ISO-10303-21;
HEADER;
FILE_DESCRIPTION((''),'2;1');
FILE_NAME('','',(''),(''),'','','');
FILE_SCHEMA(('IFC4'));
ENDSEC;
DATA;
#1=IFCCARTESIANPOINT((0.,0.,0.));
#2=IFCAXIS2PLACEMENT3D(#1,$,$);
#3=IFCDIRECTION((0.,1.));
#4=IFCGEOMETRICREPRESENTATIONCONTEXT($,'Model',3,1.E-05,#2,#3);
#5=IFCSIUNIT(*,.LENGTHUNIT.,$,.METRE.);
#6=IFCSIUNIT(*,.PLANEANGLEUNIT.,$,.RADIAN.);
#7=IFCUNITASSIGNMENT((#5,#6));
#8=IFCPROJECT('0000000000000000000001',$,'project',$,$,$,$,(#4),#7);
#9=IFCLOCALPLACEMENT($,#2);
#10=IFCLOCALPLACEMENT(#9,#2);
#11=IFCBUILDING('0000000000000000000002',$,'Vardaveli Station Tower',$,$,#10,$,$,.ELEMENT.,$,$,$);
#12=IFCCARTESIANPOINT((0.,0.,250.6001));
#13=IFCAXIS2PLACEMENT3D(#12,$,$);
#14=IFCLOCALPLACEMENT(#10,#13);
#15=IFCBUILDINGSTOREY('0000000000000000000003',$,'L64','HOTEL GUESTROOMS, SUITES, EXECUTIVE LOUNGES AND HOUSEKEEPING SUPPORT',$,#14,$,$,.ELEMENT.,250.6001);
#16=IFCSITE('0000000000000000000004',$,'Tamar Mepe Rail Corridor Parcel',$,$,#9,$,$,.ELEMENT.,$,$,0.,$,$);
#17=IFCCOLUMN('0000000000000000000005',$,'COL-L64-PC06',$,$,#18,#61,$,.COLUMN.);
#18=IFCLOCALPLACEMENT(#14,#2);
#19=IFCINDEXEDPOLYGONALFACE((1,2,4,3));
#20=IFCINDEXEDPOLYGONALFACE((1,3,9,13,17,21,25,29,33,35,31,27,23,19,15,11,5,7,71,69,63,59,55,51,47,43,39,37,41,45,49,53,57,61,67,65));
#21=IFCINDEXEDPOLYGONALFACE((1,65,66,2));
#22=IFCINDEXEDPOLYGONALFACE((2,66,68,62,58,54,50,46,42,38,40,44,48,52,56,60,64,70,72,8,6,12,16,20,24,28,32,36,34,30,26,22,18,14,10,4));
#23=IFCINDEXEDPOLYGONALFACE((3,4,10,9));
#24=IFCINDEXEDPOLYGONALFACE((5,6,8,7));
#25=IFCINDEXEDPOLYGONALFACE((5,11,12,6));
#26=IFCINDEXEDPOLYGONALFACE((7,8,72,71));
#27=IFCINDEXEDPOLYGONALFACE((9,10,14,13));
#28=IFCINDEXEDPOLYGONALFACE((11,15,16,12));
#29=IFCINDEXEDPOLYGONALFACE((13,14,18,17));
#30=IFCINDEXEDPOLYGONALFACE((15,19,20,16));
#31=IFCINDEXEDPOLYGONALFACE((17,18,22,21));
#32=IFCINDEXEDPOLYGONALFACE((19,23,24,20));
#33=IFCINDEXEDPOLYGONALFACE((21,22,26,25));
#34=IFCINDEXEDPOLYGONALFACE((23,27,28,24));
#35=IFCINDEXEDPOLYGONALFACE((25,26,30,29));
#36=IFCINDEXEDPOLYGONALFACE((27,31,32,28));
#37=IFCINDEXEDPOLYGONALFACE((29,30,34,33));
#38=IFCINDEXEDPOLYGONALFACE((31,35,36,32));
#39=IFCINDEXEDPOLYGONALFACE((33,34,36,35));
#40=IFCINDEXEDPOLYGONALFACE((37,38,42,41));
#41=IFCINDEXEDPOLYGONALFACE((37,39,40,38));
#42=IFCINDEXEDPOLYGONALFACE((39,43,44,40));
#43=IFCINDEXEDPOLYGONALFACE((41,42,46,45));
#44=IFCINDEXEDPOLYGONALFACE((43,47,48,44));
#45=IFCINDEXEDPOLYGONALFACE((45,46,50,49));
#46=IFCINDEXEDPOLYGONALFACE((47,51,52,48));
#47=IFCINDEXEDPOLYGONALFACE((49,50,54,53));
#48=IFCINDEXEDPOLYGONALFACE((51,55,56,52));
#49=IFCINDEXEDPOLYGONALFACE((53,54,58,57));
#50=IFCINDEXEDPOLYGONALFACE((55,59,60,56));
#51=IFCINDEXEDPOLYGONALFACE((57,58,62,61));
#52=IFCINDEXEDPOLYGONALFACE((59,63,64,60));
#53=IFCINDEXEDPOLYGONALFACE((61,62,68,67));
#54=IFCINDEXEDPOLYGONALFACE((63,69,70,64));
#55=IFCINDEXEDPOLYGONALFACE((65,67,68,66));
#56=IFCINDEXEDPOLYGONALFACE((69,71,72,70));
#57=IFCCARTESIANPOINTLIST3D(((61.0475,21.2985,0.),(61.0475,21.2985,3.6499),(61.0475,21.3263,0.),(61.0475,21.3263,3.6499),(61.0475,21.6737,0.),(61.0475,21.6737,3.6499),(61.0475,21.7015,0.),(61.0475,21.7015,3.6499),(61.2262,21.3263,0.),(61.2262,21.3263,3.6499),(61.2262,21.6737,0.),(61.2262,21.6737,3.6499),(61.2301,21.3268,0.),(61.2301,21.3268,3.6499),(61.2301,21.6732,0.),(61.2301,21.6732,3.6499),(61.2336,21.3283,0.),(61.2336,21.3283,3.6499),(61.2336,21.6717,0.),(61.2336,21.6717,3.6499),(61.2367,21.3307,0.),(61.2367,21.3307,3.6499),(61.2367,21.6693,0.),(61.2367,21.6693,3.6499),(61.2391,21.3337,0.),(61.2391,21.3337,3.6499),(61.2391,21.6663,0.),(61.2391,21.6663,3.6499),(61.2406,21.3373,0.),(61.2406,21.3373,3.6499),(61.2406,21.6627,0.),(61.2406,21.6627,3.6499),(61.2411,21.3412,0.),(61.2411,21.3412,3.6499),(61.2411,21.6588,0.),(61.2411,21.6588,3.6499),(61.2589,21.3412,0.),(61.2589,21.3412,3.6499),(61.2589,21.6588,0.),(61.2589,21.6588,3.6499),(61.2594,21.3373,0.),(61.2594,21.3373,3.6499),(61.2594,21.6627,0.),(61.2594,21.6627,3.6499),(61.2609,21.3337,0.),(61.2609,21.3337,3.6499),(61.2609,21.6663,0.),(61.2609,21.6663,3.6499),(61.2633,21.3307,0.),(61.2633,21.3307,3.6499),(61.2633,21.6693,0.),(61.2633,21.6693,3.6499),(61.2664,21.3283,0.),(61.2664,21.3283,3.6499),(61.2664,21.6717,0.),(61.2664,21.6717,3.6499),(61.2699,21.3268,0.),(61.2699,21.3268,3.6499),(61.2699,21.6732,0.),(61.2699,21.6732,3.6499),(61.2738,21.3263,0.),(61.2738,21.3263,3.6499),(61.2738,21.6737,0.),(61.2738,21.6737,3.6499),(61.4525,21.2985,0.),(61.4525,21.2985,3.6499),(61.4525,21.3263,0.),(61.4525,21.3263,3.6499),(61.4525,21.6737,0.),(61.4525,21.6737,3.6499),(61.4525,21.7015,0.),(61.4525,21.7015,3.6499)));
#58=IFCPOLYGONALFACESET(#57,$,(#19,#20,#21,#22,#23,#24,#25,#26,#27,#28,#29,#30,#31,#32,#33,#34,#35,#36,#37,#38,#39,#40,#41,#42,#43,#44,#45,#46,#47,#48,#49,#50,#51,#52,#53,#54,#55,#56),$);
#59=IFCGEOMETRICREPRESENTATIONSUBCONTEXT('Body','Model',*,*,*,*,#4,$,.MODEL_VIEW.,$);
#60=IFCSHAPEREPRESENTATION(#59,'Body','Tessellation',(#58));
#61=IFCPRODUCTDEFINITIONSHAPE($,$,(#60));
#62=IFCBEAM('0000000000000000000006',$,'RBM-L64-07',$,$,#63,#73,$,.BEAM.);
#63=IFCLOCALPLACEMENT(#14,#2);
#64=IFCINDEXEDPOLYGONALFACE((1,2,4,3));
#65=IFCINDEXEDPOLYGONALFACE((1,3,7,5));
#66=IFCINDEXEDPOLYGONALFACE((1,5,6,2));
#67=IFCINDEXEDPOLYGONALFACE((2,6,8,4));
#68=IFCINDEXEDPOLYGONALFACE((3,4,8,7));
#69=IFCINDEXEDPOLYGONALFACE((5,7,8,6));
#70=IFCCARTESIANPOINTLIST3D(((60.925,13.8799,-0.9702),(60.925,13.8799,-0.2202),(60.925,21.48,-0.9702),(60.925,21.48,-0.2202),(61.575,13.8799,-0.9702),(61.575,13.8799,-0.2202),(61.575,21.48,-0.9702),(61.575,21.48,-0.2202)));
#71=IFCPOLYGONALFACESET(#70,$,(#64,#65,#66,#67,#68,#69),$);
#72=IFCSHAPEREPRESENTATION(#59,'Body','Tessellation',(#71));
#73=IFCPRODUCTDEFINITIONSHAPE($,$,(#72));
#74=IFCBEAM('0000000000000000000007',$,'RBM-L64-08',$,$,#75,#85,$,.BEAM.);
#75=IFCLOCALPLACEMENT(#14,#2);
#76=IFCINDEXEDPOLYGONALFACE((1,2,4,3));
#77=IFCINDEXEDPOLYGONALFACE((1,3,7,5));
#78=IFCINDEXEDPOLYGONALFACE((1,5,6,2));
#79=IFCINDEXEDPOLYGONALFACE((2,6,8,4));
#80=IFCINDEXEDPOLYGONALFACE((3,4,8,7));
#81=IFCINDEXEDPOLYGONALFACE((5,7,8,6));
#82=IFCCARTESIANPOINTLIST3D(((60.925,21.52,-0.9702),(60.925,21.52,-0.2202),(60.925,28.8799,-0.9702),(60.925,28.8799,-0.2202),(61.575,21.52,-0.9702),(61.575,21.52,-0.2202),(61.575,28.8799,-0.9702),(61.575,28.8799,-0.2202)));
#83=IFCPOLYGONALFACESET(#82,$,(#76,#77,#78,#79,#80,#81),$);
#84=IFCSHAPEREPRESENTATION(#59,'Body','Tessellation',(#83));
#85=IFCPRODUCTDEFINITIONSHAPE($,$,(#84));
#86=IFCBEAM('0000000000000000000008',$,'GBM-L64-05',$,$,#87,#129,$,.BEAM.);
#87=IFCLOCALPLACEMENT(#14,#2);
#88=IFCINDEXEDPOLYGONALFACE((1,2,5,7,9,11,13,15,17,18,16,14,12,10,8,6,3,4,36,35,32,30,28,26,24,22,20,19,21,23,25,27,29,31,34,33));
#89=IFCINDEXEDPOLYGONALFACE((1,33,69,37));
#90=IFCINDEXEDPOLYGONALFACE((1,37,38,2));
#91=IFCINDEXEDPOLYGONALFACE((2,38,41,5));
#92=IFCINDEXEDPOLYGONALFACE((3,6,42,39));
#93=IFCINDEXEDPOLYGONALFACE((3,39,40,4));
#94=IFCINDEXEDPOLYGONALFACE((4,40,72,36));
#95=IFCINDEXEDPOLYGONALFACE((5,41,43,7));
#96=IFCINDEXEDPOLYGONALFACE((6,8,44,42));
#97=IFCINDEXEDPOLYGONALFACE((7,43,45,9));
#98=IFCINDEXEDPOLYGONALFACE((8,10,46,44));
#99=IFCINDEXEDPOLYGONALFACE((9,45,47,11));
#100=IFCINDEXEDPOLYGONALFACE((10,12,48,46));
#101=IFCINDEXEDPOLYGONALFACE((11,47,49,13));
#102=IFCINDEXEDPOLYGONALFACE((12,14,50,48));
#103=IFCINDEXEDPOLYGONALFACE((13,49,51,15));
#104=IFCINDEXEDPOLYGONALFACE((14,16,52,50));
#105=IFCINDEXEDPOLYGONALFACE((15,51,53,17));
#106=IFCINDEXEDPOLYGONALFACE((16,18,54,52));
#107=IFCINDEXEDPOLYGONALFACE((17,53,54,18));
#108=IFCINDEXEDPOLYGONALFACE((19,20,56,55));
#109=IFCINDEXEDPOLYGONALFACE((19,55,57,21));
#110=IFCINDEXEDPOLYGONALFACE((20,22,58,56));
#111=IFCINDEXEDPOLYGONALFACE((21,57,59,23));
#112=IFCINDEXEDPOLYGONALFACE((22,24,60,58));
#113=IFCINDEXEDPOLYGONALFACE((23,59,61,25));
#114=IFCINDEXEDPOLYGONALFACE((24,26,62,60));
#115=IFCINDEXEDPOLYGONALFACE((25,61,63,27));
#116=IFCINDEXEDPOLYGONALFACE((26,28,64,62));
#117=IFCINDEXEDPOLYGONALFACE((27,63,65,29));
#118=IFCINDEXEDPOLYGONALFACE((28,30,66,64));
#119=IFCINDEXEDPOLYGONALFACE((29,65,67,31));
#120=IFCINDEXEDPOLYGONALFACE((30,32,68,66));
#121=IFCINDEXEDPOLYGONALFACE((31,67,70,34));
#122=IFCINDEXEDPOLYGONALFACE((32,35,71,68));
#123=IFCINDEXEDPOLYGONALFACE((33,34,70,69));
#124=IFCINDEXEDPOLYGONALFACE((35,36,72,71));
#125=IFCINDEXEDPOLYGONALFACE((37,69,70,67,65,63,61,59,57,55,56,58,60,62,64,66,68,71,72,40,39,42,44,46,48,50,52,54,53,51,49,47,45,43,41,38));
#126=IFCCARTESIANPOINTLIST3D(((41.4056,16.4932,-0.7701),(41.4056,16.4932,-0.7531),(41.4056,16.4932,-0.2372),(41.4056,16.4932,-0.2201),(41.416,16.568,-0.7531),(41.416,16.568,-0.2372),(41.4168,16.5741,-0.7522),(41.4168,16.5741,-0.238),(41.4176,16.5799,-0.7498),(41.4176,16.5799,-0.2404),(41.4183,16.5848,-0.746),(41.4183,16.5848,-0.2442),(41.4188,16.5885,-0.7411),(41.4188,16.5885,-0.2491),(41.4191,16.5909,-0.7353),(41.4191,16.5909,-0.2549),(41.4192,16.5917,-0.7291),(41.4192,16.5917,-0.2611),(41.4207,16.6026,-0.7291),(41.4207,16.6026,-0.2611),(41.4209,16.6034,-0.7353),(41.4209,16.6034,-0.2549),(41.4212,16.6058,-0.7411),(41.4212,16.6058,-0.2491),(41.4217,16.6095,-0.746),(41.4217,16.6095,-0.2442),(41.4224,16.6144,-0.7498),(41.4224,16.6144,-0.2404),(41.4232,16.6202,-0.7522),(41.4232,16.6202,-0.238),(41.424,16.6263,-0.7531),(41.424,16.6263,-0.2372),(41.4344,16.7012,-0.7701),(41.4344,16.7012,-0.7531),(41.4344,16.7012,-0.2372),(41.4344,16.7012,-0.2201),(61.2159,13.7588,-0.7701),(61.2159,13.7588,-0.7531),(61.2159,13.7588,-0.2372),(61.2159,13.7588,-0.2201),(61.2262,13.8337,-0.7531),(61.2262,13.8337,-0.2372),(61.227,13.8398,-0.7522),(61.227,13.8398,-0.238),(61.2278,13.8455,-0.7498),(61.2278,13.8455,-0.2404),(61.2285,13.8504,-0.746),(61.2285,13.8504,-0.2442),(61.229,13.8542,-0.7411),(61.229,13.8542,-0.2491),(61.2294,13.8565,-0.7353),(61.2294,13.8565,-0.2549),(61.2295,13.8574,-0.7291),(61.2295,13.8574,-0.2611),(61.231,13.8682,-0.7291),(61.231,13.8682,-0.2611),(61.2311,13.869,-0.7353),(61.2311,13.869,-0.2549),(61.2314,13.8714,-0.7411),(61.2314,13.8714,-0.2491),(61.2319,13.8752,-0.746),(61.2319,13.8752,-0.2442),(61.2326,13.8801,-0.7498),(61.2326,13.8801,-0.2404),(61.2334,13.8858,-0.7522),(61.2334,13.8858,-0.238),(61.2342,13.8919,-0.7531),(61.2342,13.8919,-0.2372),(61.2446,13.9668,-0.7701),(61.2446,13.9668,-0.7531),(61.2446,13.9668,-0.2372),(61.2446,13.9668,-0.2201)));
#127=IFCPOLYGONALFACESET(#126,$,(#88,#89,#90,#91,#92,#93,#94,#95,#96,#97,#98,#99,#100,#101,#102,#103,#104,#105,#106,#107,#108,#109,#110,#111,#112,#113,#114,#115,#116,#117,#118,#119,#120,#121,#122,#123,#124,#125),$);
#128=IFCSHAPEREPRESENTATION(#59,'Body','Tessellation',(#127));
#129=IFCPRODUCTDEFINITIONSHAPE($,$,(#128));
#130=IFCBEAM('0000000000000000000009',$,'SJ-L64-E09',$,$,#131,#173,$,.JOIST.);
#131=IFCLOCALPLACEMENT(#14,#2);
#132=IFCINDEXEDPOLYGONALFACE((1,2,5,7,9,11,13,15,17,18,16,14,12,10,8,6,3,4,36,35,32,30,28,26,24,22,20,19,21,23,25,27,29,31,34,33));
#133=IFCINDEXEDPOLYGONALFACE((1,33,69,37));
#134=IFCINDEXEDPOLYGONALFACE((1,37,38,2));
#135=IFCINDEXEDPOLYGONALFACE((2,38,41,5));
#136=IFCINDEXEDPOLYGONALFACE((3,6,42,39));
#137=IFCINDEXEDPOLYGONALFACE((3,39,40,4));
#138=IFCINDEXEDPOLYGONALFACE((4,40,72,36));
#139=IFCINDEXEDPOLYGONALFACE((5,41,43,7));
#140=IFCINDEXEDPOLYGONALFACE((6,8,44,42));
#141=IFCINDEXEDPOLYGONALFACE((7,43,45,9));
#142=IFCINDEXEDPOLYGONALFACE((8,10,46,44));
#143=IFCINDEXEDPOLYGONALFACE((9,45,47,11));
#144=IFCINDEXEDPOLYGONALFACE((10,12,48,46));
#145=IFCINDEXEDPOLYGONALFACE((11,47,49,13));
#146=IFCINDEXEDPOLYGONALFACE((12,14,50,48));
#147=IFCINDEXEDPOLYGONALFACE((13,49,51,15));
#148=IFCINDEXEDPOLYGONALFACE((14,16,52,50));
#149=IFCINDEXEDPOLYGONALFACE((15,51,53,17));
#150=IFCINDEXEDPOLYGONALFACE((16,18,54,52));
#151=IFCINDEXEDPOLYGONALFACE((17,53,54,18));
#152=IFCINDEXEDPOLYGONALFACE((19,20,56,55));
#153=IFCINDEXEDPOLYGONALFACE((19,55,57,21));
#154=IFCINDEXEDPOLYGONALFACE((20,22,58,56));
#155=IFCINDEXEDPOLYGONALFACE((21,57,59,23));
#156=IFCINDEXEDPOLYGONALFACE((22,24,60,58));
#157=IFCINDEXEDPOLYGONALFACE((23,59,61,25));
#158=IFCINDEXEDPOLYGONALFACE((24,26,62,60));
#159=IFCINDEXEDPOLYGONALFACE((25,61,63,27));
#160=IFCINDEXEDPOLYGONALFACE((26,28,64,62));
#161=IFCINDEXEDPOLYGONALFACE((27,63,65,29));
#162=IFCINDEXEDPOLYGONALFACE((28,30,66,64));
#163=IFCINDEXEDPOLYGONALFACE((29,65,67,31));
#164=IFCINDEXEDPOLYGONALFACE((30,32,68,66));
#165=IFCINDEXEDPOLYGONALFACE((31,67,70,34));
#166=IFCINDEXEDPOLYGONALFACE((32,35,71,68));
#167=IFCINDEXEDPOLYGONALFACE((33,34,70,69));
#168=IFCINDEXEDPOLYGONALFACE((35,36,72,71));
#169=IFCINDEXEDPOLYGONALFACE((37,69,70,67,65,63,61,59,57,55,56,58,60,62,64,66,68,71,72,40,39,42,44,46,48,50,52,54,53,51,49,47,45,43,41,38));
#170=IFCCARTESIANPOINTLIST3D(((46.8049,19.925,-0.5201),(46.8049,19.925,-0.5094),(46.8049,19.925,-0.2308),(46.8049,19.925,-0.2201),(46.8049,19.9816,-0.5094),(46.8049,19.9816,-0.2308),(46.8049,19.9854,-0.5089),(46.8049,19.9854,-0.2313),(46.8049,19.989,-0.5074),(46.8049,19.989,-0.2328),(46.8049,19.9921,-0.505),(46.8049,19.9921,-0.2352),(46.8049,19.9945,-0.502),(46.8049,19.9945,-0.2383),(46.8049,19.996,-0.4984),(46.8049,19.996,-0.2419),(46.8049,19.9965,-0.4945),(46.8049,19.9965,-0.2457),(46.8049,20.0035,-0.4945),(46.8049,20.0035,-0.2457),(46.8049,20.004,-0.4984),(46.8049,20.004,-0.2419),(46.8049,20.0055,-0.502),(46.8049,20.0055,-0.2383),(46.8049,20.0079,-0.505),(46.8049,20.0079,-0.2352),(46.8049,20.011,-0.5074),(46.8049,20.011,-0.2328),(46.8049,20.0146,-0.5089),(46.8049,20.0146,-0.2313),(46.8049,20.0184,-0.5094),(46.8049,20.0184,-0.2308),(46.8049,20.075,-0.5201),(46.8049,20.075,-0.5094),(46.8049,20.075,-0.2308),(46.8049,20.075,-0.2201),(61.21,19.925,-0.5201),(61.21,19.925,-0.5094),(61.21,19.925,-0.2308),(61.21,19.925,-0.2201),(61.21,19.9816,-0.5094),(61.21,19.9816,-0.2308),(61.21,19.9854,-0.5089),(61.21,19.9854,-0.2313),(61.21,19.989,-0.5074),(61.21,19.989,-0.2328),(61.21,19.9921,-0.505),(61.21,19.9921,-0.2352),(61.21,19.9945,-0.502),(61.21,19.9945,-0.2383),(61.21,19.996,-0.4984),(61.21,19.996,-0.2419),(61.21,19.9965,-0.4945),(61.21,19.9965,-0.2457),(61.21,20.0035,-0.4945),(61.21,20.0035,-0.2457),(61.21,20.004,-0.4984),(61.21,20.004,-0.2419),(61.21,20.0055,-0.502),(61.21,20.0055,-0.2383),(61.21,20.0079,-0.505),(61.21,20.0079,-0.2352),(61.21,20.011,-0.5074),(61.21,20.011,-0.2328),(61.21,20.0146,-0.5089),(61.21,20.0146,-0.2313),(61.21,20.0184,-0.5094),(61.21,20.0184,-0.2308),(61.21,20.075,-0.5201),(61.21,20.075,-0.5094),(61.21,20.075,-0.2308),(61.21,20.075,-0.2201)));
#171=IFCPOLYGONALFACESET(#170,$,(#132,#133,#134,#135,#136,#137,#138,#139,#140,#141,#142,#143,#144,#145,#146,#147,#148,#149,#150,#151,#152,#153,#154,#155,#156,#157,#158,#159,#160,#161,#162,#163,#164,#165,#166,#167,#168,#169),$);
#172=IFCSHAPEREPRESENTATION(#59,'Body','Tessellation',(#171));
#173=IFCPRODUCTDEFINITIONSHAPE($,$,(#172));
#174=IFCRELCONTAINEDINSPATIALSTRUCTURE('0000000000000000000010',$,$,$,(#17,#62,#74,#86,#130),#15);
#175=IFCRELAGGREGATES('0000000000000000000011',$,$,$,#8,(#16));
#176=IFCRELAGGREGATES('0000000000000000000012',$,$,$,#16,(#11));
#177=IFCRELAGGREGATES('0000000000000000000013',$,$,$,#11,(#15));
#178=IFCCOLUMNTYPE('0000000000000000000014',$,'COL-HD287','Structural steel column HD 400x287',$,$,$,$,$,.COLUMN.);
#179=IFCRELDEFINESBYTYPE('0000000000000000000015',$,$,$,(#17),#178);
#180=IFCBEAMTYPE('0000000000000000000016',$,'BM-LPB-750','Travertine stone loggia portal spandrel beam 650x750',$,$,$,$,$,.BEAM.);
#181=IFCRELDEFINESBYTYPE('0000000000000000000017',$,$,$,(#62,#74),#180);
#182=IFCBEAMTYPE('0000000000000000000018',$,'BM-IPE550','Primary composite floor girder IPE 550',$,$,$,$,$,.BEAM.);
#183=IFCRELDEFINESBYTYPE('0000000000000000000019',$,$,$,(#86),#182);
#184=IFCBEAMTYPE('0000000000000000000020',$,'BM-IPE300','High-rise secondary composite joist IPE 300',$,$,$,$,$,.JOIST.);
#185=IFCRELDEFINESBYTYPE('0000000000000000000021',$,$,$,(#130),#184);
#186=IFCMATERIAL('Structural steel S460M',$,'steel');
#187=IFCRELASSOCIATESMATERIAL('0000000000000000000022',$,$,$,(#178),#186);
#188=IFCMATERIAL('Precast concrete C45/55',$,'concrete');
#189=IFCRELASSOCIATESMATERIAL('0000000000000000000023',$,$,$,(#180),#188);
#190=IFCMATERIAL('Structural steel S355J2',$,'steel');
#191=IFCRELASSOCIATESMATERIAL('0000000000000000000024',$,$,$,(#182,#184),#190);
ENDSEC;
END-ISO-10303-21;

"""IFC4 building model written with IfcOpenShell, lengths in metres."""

from ifc_helpers import new_model, si_unit, direction, frame, origin, origin_2d, place, context, subcontext, project, spatial, rectangle, i_section, extrude, source, transform, mapped, material, material_profile, profile_set, type_object, element, save


model = new_model("IFC4")

# Units and contexts
model_context = context("Model", 3, precision=1e-05, world=origin(), true_north=direction((0.0, 1.0)))
body_context = subcontext(model_context, "Body", "Model", "MODEL_VIEW")
ifc_project = project(units=[si_unit("LENGTHUNIT", "METRE"), si_unit("PLANEANGLEUNIT", "RADIAN")], contexts=[model_context])

# Site, building, storey
site_placement = place(None, origin())
site = spatial("IfcSite", under=ifc_project, at=site_placement, Name="Tamar Mepe Rail Corridor Parcel", CompositionType="ELEMENT", RefElevation=0.0)
building_placement = place(site_placement, origin())
building = spatial("IfcBuilding", under=site, at=building_placement, Name="Vardaveli Station Tower", CompositionType="ELEMENT")
storey_placement = place(building_placement, frame((0.0, 0.0, 250.6001)))
storey = spatial("IfcBuildingStorey", under=building, at=storey_placement, Name="L64", Description="HOTEL GUESTROOMS, SUITES, EXECUTIVE LOUNGES AND HOUSEKEEPING SUPPORT", CompositionType="ELEMENT", Elevation=250.6001)

# Column
ifc_material_1 = material(Name="Structural steel S460M", Category="steel")
ifc_material_profile_1 = material_profile(ifc_material_1, i_section(OverallWidth=0.405, OverallDepth=0.4031, WebThickness=0.0178, FlangeThickness=0.0278, FilletRadius=0.0149, at=origin_2d()), Name="HD 400x287")
ifc_profile_set_1 = profile_set([ifc_material_profile_1], Name="Structural steel S460M")
column_type = type_object("IfcColumnType", Name="COL-HD287", Description="Structural steel column HD 400x287", PredefinedType="COLUMN", material=ifc_profile_set_1)
shared_shape_1 = source(origin(), body_context, "Body", "SweptSolid", [
    extrude(i_section(OverallWidth=0.405, OverallDepth=0.4031, WebThickness=0.0178, FlangeThickness=0.0278, FilletRadius=0.0149, at=origin_2d()), origin(), (0.0, 0.0, 1.0), 3.6499),
])
column_placement = place(storey_placement, frame((61.25, 21.5, 0.0), z_axis=(0.0, 0.0, 1.0), x_axis=(1.0, 0.0, 0.0)))
element("IfcColumn", 1, at=column_placement, inside=storey, type_object=column_type, Name="COL-L64-PC06", PredefinedType="COLUMN", context=body_context, shape_type="MappedRepresentation", body=[
    mapped(shared_shape_1, transform((0.0, 0.0, 0.0), scale=1.0)),
])

# Beams
ifc_material_2 = material(Name="Precast concrete C45/55", Category="concrete")
ifc_material_profile_2 = material_profile(ifc_material_2, rectangle(XDim=0.6499, YDim=0.75, at=origin_2d()), Name="LPB 650x750")
ifc_profile_set_2 = profile_set([ifc_material_profile_2], Name="Precast concrete C45/55")
beam_type_1 = type_object("IfcBeamType", Name="BM-LPB-750", Description="Travertine stone loggia portal spandrel beam 650x750", PredefinedType="BEAM", material=ifc_profile_set_2)
shared_shape_2 = source(origin(), body_context, "Body", "SweptSolid", [
    extrude(rectangle(XDim=0.6499, YDim=0.75, at=origin_2d()), origin(), (0.0, 0.0, 1.0), 7.6001),
])
beam_1_placement = place(storey_placement, frame((61.25, 13.8799, -0.5952), z_axis=(0.0, 1.0, 0.0), x_axis=(-1.0, 0.0, 0.0)))
element("IfcBeam", 2, at=beam_1_placement, inside=storey, type_object=beam_type_1, Name="RBM-L64-07", PredefinedType="BEAM", context=body_context, shape_type="MappedRepresentation", body=[
    mapped(shared_shape_2, transform((0.0, 0.0, 0.0), scale=1.0)),
])
shared_shape_3 = source(origin(), body_context, "Body", "SweptSolid", [
    extrude(rectangle(XDim=0.6499, YDim=0.75, at=origin_2d()), origin(), (0.0, 0.0, 1.0), 7.3599),
])
beam_2_placement = place(storey_placement, frame((61.25, 21.52, -0.5952), z_axis=(0.0, 1.0, 0.0), x_axis=(-1.0, 0.0, 0.0)))
element("IfcBeam", 3, at=beam_2_placement, inside=storey, type_object=beam_type_1, Name="RBM-L64-08", PredefinedType="BEAM", context=body_context, shape_type="MappedRepresentation", body=[
    mapped(shared_shape_3, transform((0.0, 0.0, 0.0), scale=1.0)),
])
ifc_material_3 = material(Name="Structural steel S355J2", Category="steel")
ifc_material_profile_3 = material_profile(ifc_material_3, i_section(OverallWidth=0.21, OverallDepth=0.55, WebThickness=0.011, FlangeThickness=0.0171, FilletRadius=0.0239, at=origin_2d()), Name="IPE 550")
ifc_profile_set_3 = profile_set([ifc_material_profile_3], Name="Structural steel S355J2")
beam_type_2 = type_object("IfcBeamType", Name="BM-IPE550", Description="Primary composite floor girder IPE 550", PredefinedType="BEAM", material=ifc_profile_set_3)
shared_shape_4 = source(origin(), body_context, "Body", "SweptSolid", [
    extrude(i_section(OverallWidth=0.21, OverallDepth=0.55, WebThickness=0.011, FlangeThickness=0.0171, FilletRadius=0.0239, at=origin_2d()), origin(), (0.0, 0.0, 1.0), 19.998),
])
beam_3_placement = place(storey_placement, frame((61.2302, 13.8628, -0.4951), z_axis=(-0.990608, 0.136732, 0.0), x_axis=(-0.136732, -0.990608, 0.0)))
element("IfcBeam", 4, at=beam_3_placement, inside=storey, type_object=beam_type_2, Name="GBM-L64-05", PredefinedType="BEAM", context=body_context, shape_type="MappedRepresentation", body=[
    mapped(shared_shape_4, transform((0.0, 0.0, 0.0), scale=1.0)),
])
ifc_material_profile_4 = material_profile(ifc_material_3, i_section(OverallWidth=0.1499, OverallDepth=0.3, WebThickness=0.0071, FlangeThickness=0.0107, FilletRadius=0.0149, at=origin_2d()), Name="IPE 300")
ifc_profile_set_4 = profile_set([ifc_material_profile_4], Name="Structural steel S355J2")
beam_type_3 = type_object("IfcBeamType", Name="BM-IPE300", Description="High-rise secondary composite joist IPE 300", PredefinedType="JOIST", material=ifc_profile_set_4)
shared_shape_5 = source(origin(), body_context, "Body", "SweptSolid", [
    extrude(i_section(OverallWidth=0.1499, OverallDepth=0.3, WebThickness=0.0071, FlangeThickness=0.0107, FilletRadius=0.0149, at=origin_2d()), origin(), (0.0, 0.0, 1.0), 14.405),
])
for number, where, z_axis, x_axis, name in (
    (5, (46.8049, 20.0, -0.3701), (1.0, 0.0, 0.0), (0.0, 1.0, 0.0), "SJ-L64-E09"),
):
    element("IfcBeam", number, at=place(storey_placement, frame(where, z_axis=z_axis, x_axis=x_axis)), inside=storey, type_object=beam_type_3, Name=name, PredefinedType="JOIST", context=body_context, shape_type="MappedRepresentation", body=[
        mapped(shared_shape_5, transform((0.0, 0.0, 0.0), scale=1.0)),
    ])

save(model, "model.ifc")
